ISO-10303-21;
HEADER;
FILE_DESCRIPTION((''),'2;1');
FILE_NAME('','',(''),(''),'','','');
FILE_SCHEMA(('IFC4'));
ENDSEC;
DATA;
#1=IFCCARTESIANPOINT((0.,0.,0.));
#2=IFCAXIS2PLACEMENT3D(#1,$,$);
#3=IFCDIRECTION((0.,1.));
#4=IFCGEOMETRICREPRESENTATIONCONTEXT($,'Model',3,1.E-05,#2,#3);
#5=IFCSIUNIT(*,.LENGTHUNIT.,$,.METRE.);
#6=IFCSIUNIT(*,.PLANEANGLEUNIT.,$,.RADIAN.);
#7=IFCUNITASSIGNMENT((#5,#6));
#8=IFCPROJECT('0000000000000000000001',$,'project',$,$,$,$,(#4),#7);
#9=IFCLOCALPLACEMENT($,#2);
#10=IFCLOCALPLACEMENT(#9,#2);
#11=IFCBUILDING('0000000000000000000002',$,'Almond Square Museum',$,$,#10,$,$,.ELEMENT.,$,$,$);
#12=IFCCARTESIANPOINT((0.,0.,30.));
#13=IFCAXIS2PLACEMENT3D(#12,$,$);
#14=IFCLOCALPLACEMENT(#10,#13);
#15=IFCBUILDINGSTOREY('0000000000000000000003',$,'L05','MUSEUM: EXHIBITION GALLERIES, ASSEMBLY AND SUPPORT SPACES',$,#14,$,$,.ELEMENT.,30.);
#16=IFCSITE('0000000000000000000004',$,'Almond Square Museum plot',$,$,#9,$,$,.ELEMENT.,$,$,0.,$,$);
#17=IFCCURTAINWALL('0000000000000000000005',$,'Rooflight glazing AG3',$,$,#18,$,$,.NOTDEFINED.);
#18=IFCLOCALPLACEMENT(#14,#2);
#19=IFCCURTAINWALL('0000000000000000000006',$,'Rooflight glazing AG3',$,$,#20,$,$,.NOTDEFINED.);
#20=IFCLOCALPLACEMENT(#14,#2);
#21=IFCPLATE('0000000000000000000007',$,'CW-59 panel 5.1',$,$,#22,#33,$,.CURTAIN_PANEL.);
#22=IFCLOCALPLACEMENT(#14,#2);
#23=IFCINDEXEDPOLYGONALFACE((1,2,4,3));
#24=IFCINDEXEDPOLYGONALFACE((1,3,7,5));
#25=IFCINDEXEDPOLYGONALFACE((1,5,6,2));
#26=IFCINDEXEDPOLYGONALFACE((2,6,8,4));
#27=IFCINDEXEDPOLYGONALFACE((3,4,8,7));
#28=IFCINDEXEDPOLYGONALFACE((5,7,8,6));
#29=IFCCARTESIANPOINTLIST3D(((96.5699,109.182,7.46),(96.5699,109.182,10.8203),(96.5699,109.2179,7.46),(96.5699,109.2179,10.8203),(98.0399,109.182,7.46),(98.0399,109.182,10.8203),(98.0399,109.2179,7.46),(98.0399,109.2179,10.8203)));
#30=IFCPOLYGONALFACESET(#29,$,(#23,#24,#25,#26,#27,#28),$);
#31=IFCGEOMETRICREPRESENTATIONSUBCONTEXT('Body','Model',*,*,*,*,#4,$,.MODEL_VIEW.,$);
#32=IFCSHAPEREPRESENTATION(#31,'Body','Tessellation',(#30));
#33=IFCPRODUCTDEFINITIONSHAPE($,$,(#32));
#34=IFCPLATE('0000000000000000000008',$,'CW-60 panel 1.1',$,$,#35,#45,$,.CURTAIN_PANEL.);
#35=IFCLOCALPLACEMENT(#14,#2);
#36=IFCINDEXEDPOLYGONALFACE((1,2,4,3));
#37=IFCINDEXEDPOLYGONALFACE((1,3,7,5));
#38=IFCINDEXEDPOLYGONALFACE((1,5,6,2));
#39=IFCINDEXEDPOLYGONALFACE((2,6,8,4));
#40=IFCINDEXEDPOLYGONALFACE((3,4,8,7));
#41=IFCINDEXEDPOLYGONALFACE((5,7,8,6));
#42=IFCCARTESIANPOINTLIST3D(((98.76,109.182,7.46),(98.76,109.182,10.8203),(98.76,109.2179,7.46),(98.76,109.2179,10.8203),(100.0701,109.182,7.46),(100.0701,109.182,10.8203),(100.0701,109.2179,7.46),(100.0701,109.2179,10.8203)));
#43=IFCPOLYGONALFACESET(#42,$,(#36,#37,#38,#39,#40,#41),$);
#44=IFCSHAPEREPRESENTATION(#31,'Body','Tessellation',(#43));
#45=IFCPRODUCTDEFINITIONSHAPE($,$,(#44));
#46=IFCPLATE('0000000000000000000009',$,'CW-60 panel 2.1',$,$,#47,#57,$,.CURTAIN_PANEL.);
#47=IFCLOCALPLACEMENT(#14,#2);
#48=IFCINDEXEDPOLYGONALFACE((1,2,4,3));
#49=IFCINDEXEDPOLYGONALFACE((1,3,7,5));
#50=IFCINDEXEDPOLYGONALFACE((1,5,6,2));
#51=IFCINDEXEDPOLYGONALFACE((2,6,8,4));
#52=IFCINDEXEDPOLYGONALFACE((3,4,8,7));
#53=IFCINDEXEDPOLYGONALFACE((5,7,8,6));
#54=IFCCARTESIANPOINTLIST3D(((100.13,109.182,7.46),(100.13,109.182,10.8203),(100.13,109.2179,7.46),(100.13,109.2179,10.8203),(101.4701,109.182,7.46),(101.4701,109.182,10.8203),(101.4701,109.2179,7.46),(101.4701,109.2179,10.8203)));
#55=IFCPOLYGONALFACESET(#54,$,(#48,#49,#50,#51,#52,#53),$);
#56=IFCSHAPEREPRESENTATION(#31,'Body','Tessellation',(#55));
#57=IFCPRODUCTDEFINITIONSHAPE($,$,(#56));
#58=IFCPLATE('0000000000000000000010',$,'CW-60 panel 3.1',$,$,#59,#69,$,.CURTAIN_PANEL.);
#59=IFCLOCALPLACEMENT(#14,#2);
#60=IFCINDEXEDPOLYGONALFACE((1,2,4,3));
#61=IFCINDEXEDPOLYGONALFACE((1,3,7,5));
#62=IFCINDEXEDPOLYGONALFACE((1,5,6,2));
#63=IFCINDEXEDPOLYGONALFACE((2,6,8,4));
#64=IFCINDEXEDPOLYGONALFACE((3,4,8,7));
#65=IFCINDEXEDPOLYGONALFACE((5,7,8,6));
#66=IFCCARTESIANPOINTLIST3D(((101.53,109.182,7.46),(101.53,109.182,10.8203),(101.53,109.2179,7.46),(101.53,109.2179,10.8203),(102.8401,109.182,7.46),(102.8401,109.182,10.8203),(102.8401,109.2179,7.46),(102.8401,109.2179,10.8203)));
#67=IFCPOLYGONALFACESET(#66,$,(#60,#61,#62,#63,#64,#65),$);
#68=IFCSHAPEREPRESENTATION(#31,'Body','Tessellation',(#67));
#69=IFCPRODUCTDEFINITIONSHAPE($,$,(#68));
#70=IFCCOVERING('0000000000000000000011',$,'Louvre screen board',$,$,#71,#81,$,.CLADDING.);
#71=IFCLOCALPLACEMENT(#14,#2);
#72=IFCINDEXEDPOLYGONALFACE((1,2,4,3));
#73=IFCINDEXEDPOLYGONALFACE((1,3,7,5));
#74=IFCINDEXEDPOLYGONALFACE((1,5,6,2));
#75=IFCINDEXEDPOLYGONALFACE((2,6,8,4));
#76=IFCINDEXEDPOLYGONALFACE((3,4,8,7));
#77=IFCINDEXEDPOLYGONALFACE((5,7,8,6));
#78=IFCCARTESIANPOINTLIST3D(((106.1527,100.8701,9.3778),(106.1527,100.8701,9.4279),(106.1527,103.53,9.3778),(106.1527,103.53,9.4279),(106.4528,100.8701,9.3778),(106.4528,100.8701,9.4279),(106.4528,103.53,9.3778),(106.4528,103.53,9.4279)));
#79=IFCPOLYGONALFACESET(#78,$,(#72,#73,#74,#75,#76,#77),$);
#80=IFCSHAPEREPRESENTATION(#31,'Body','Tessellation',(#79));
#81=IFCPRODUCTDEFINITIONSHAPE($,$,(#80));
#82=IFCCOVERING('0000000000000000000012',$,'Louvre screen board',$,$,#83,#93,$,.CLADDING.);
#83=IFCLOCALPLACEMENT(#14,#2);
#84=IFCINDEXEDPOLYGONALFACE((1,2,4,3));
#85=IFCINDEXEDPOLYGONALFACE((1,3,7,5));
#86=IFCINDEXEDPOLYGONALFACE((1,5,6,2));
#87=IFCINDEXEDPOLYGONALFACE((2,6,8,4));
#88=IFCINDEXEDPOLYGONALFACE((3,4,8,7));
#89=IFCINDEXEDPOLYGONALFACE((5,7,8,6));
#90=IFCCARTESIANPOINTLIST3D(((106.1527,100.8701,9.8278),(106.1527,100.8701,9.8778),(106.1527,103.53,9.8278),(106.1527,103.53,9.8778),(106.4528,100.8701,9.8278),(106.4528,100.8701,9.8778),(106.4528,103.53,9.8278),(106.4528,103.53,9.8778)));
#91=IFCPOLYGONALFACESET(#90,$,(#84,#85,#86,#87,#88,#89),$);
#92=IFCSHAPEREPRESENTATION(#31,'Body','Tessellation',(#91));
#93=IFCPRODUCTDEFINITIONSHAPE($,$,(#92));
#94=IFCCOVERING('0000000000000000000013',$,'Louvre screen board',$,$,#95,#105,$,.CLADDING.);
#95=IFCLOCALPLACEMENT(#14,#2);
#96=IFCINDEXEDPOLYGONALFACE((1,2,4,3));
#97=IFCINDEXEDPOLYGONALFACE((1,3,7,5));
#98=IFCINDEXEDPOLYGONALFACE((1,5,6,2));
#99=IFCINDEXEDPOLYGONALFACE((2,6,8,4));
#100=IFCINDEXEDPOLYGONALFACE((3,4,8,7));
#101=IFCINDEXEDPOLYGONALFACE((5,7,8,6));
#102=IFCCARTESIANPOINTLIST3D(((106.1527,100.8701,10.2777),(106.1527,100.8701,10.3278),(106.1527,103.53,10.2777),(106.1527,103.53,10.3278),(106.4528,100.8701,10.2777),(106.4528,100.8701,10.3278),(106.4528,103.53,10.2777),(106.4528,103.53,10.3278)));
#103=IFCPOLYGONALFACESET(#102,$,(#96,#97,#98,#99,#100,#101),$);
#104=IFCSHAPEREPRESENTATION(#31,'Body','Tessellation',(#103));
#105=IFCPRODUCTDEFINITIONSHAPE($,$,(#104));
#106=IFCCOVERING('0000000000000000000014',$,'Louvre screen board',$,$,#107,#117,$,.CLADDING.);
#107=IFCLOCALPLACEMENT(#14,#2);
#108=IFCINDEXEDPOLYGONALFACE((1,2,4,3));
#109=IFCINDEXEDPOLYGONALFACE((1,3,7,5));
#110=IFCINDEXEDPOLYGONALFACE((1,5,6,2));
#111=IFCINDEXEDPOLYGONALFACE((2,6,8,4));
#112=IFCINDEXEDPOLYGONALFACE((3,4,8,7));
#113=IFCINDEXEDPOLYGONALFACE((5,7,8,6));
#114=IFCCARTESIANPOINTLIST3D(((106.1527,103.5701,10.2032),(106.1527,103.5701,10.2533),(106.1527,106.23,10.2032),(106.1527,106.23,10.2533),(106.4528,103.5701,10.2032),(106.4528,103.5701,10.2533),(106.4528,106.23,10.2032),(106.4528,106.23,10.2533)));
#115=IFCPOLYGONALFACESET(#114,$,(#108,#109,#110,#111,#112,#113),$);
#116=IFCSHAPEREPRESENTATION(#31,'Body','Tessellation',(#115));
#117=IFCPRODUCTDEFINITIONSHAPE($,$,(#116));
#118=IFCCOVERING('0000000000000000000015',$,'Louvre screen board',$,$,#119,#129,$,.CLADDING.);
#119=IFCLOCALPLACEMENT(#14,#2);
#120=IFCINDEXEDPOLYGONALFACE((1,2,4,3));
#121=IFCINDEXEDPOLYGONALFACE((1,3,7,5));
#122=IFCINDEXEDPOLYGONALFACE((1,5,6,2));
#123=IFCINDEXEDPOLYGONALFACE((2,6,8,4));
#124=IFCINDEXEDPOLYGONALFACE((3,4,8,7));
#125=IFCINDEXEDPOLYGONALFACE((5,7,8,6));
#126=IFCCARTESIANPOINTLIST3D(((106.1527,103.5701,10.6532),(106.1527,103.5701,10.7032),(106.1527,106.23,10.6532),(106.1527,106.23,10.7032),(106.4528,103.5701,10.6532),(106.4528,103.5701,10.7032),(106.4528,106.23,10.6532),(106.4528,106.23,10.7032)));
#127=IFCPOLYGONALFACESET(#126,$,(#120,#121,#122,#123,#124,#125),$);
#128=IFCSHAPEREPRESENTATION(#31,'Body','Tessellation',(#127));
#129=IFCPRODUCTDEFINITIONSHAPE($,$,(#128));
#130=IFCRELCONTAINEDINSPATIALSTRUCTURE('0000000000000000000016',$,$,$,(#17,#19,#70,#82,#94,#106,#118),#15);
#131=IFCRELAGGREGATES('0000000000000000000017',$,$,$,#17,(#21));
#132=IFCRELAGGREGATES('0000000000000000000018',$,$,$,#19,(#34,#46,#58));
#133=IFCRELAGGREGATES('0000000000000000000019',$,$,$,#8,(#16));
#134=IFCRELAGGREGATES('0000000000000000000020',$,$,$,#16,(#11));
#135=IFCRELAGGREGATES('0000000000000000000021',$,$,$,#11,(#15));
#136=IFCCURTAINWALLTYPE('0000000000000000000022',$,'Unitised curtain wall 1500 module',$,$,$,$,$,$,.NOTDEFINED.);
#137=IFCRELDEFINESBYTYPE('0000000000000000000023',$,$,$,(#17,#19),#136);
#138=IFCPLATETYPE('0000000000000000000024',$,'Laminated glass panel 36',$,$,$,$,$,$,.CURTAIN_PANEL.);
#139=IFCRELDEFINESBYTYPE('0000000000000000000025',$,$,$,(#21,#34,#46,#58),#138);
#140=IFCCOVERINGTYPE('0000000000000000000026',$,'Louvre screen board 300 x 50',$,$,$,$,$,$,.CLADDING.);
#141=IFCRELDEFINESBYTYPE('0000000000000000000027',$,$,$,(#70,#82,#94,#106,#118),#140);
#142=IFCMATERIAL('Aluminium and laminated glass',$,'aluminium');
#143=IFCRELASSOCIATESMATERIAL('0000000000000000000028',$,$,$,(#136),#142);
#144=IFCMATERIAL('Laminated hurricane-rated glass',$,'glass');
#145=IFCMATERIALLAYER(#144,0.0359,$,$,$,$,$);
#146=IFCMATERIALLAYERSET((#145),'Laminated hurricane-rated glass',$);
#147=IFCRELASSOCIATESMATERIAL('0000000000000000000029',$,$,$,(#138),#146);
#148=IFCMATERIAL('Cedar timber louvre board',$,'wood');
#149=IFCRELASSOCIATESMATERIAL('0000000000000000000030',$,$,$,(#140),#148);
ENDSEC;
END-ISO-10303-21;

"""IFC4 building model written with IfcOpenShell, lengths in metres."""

from ifc_helpers import new_model, si_unit, direction, frame, origin, origin_2d, place, context, subcontext, project, spatial, rectangle, extrude, material, layer, layer_set, material_profile, profile_set, type_object, element, aggregate, save


model = new_model("IFC4")

# Units and contexts
model_context = context("Model", 3, precision=1e-05, world=origin(), true_north=direction((0.0, 1.0)))
body_context = subcontext(model_context, "Body", "Model", "MODEL_VIEW")
ifc_project = project(units=[si_unit("LENGTHUNIT", "METRE"), si_unit("PLANEANGLEUNIT", "RADIAN")], contexts=[model_context])

# Site, building, storey
site_placement = place(None, origin())
site = spatial("IfcSite", under=ifc_project, at=site_placement, Name="Almond Square Museum plot", CompositionType="ELEMENT", RefElevation=0.0)
building_placement = place(site_placement, origin())
building = spatial("IfcBuilding", under=site, at=building_placement, Name="Almond Square Museum", CompositionType="ELEMENT")
storey_placement = place(building_placement, frame((0.0, 0.0, 30.0)))
storey = spatial("IfcBuildingStorey", under=building, at=storey_placement, Name="L05", Description="MUSEUM: EXHIBITION GALLERIES, ASSEMBLY AND SUPPORT SPACES", CompositionType="ELEMENT", Elevation=30.0)

# Shared definitions
ifc_material_1 = material(Name="Aluminium and laminated glass", Category="aluminium")
curtain_wall_type = type_object("IfcCurtainWallType", Name="Unitised curtain wall 1500 module", PredefinedType="NOTDEFINED", material=ifc_material_1)

# Curtain wall
curtain_wall_1_placement = place(storey_placement, origin())
curtain_wall_1 = element("IfcCurtainWall", 1, at=curtain_wall_1_placement, inside=storey, type_object=curtain_wall_type, Name="Rooflight glazing AG3", PredefinedType="NOTDEFINED")

# Curtain wall
curtain_wall_2_placement = place(storey_placement, origin())
curtain_wall_2 = element("IfcCurtainWall", 2, at=curtain_wall_2_placement, inside=storey, type_object=curtain_wall_type, Name="Rooflight glazing AG3", PredefinedType="NOTDEFINED")

# Plates
ifc_material_2 = material(Name="Laminated hurricane-rated glass", Category="glass")
ifc_layer = layer(ifc_material_2, 0.0359)
ifc_layer_set = layer_set([ifc_layer], Name="Laminated hurricane-rated glass")
plate_type = type_object("IfcPlateType", Name="Laminated glass panel 36", PredefinedType="CURTAIN_PANEL", material=ifc_layer_set)
plate_1_placement = place(storey_placement, frame((97.3049, 109.2, 7.46), z_axis=(0.0, 0.0, 1.0), x_axis=(1.0, 0.0, 0.0)))
plate_1 = element("IfcPlate", 3, at=plate_1_placement, type_object=plate_type, Name="CW-59 panel 5.1", PredefinedType="CURTAIN_PANEL", context=body_context, shape_type="SweptSolid", body=[
    extrude(rectangle(XDim=1.47, YDim=0.0359, at=origin_2d()), origin(), (0.0, 0.0, 1.0), 3.3604),
])
aggregate(curtain_wall_1, [plate_1])
plate_2_placement = place(storey_placement, frame((99.415, 109.2, 7.46), z_axis=(0.0, 0.0, 1.0), x_axis=(1.0, 0.0, 0.0)))
plate_2 = element("IfcPlate", 4, at=plate_2_placement, type_object=plate_type, Name="CW-60 panel 1.1", PredefinedType="CURTAIN_PANEL", context=body_context, shape_type="SweptSolid", body=[
    extrude(rectangle(XDim=1.3101, YDim=0.0359, at=origin_2d()), origin(), (0.0, 0.0, 1.0), 3.3604),
])
plate_3_placement = place(storey_placement, frame((100.8, 109.2, 7.46), z_axis=(0.0, 0.0, 1.0), x_axis=(1.0, 0.0, 0.0)))
plate_3 = element("IfcPlate", 5, at=plate_3_placement, type_object=plate_type, Name="CW-60 panel 2.1", PredefinedType="CURTAIN_PANEL", context=body_context, shape_type="SweptSolid", body=[
    extrude(rectangle(XDim=1.3401, YDim=0.0359, at=origin_2d()), origin(), (0.0, 0.0, 1.0), 3.3604),
])
plate_4_placement = place(storey_placement, frame((102.1851, 109.2, 7.46), z_axis=(0.0, 0.0, 1.0), x_axis=(1.0, 0.0, 0.0)))
plate_4 = element("IfcPlate", 6, at=plate_4_placement, type_object=plate_type, Name="CW-60 panel 3.1", PredefinedType="CURTAIN_PANEL", context=body_context, shape_type="SweptSolid", body=[
    extrude(rectangle(XDim=1.3101, YDim=0.0359, at=origin_2d()), origin(), (0.0, 0.0, 1.0), 3.3604),
])
aggregate(curtain_wall_2, [plate_2, plate_3, plate_4])

# Coverings
ifc_material_3 = material(Name="Cedar timber louvre board", Category="wood")
ifc_material_profile_1 = material_profile(ifc_material_3, rectangle(XDim=0.3, YDim=0.05, at=origin_2d()))
ifc_profile_set_1 = profile_set([ifc_material_profile_1], Name="Cedar timber louvre board")
covering_type = type_object("IfcCoveringType", Name="Louvre screen board 300 x 50", PredefinedType="CLADDING", material=ifc_profile_set_1)
for number, where, z_axis, x_axis, name in (
    (7, (106.3027, 100.8701, 9.4028), (0.0, 1.0, 0.0), (-1.0, 0.0, 0.0), "Louvre screen board"),
    (8, (106.3027, 100.8701, 9.8528), (0.0, 1.0, 0.0), (-1.0, 0.0, 0.0), "Louvre screen board"),
    (9, (106.3027, 100.8701, 10.3027), (0.0, 1.0, 0.0), (-1.0, 0.0, 0.0), "Louvre screen board"),
    (10, (106.3027, 103.5701, 10.2283), (0.0, 1.0, 0.0), (-1.0, 0.0, 0.0), "Louvre screen board"),
    (11, (106.3027, 103.5701, 10.6782), (0.0, 1.0, 0.0), (-1.0, 0.0, 0.0), "Louvre screen board"),
):
    element("IfcCovering", number, at=place(storey_placement, frame(where, z_axis=z_axis, x_axis=x_axis)), inside=storey, type_object=covering_type, Name=name, PredefinedType="CLADDING", context=body_context, shape_type="SweptSolid", body=[
        extrude(rectangle(XDim=0.3, YDim=0.05, at=origin_2d()), origin(), (0.0, 0.0, 1.0), 2.6599),
    ])

save(model, "model.ifc")
